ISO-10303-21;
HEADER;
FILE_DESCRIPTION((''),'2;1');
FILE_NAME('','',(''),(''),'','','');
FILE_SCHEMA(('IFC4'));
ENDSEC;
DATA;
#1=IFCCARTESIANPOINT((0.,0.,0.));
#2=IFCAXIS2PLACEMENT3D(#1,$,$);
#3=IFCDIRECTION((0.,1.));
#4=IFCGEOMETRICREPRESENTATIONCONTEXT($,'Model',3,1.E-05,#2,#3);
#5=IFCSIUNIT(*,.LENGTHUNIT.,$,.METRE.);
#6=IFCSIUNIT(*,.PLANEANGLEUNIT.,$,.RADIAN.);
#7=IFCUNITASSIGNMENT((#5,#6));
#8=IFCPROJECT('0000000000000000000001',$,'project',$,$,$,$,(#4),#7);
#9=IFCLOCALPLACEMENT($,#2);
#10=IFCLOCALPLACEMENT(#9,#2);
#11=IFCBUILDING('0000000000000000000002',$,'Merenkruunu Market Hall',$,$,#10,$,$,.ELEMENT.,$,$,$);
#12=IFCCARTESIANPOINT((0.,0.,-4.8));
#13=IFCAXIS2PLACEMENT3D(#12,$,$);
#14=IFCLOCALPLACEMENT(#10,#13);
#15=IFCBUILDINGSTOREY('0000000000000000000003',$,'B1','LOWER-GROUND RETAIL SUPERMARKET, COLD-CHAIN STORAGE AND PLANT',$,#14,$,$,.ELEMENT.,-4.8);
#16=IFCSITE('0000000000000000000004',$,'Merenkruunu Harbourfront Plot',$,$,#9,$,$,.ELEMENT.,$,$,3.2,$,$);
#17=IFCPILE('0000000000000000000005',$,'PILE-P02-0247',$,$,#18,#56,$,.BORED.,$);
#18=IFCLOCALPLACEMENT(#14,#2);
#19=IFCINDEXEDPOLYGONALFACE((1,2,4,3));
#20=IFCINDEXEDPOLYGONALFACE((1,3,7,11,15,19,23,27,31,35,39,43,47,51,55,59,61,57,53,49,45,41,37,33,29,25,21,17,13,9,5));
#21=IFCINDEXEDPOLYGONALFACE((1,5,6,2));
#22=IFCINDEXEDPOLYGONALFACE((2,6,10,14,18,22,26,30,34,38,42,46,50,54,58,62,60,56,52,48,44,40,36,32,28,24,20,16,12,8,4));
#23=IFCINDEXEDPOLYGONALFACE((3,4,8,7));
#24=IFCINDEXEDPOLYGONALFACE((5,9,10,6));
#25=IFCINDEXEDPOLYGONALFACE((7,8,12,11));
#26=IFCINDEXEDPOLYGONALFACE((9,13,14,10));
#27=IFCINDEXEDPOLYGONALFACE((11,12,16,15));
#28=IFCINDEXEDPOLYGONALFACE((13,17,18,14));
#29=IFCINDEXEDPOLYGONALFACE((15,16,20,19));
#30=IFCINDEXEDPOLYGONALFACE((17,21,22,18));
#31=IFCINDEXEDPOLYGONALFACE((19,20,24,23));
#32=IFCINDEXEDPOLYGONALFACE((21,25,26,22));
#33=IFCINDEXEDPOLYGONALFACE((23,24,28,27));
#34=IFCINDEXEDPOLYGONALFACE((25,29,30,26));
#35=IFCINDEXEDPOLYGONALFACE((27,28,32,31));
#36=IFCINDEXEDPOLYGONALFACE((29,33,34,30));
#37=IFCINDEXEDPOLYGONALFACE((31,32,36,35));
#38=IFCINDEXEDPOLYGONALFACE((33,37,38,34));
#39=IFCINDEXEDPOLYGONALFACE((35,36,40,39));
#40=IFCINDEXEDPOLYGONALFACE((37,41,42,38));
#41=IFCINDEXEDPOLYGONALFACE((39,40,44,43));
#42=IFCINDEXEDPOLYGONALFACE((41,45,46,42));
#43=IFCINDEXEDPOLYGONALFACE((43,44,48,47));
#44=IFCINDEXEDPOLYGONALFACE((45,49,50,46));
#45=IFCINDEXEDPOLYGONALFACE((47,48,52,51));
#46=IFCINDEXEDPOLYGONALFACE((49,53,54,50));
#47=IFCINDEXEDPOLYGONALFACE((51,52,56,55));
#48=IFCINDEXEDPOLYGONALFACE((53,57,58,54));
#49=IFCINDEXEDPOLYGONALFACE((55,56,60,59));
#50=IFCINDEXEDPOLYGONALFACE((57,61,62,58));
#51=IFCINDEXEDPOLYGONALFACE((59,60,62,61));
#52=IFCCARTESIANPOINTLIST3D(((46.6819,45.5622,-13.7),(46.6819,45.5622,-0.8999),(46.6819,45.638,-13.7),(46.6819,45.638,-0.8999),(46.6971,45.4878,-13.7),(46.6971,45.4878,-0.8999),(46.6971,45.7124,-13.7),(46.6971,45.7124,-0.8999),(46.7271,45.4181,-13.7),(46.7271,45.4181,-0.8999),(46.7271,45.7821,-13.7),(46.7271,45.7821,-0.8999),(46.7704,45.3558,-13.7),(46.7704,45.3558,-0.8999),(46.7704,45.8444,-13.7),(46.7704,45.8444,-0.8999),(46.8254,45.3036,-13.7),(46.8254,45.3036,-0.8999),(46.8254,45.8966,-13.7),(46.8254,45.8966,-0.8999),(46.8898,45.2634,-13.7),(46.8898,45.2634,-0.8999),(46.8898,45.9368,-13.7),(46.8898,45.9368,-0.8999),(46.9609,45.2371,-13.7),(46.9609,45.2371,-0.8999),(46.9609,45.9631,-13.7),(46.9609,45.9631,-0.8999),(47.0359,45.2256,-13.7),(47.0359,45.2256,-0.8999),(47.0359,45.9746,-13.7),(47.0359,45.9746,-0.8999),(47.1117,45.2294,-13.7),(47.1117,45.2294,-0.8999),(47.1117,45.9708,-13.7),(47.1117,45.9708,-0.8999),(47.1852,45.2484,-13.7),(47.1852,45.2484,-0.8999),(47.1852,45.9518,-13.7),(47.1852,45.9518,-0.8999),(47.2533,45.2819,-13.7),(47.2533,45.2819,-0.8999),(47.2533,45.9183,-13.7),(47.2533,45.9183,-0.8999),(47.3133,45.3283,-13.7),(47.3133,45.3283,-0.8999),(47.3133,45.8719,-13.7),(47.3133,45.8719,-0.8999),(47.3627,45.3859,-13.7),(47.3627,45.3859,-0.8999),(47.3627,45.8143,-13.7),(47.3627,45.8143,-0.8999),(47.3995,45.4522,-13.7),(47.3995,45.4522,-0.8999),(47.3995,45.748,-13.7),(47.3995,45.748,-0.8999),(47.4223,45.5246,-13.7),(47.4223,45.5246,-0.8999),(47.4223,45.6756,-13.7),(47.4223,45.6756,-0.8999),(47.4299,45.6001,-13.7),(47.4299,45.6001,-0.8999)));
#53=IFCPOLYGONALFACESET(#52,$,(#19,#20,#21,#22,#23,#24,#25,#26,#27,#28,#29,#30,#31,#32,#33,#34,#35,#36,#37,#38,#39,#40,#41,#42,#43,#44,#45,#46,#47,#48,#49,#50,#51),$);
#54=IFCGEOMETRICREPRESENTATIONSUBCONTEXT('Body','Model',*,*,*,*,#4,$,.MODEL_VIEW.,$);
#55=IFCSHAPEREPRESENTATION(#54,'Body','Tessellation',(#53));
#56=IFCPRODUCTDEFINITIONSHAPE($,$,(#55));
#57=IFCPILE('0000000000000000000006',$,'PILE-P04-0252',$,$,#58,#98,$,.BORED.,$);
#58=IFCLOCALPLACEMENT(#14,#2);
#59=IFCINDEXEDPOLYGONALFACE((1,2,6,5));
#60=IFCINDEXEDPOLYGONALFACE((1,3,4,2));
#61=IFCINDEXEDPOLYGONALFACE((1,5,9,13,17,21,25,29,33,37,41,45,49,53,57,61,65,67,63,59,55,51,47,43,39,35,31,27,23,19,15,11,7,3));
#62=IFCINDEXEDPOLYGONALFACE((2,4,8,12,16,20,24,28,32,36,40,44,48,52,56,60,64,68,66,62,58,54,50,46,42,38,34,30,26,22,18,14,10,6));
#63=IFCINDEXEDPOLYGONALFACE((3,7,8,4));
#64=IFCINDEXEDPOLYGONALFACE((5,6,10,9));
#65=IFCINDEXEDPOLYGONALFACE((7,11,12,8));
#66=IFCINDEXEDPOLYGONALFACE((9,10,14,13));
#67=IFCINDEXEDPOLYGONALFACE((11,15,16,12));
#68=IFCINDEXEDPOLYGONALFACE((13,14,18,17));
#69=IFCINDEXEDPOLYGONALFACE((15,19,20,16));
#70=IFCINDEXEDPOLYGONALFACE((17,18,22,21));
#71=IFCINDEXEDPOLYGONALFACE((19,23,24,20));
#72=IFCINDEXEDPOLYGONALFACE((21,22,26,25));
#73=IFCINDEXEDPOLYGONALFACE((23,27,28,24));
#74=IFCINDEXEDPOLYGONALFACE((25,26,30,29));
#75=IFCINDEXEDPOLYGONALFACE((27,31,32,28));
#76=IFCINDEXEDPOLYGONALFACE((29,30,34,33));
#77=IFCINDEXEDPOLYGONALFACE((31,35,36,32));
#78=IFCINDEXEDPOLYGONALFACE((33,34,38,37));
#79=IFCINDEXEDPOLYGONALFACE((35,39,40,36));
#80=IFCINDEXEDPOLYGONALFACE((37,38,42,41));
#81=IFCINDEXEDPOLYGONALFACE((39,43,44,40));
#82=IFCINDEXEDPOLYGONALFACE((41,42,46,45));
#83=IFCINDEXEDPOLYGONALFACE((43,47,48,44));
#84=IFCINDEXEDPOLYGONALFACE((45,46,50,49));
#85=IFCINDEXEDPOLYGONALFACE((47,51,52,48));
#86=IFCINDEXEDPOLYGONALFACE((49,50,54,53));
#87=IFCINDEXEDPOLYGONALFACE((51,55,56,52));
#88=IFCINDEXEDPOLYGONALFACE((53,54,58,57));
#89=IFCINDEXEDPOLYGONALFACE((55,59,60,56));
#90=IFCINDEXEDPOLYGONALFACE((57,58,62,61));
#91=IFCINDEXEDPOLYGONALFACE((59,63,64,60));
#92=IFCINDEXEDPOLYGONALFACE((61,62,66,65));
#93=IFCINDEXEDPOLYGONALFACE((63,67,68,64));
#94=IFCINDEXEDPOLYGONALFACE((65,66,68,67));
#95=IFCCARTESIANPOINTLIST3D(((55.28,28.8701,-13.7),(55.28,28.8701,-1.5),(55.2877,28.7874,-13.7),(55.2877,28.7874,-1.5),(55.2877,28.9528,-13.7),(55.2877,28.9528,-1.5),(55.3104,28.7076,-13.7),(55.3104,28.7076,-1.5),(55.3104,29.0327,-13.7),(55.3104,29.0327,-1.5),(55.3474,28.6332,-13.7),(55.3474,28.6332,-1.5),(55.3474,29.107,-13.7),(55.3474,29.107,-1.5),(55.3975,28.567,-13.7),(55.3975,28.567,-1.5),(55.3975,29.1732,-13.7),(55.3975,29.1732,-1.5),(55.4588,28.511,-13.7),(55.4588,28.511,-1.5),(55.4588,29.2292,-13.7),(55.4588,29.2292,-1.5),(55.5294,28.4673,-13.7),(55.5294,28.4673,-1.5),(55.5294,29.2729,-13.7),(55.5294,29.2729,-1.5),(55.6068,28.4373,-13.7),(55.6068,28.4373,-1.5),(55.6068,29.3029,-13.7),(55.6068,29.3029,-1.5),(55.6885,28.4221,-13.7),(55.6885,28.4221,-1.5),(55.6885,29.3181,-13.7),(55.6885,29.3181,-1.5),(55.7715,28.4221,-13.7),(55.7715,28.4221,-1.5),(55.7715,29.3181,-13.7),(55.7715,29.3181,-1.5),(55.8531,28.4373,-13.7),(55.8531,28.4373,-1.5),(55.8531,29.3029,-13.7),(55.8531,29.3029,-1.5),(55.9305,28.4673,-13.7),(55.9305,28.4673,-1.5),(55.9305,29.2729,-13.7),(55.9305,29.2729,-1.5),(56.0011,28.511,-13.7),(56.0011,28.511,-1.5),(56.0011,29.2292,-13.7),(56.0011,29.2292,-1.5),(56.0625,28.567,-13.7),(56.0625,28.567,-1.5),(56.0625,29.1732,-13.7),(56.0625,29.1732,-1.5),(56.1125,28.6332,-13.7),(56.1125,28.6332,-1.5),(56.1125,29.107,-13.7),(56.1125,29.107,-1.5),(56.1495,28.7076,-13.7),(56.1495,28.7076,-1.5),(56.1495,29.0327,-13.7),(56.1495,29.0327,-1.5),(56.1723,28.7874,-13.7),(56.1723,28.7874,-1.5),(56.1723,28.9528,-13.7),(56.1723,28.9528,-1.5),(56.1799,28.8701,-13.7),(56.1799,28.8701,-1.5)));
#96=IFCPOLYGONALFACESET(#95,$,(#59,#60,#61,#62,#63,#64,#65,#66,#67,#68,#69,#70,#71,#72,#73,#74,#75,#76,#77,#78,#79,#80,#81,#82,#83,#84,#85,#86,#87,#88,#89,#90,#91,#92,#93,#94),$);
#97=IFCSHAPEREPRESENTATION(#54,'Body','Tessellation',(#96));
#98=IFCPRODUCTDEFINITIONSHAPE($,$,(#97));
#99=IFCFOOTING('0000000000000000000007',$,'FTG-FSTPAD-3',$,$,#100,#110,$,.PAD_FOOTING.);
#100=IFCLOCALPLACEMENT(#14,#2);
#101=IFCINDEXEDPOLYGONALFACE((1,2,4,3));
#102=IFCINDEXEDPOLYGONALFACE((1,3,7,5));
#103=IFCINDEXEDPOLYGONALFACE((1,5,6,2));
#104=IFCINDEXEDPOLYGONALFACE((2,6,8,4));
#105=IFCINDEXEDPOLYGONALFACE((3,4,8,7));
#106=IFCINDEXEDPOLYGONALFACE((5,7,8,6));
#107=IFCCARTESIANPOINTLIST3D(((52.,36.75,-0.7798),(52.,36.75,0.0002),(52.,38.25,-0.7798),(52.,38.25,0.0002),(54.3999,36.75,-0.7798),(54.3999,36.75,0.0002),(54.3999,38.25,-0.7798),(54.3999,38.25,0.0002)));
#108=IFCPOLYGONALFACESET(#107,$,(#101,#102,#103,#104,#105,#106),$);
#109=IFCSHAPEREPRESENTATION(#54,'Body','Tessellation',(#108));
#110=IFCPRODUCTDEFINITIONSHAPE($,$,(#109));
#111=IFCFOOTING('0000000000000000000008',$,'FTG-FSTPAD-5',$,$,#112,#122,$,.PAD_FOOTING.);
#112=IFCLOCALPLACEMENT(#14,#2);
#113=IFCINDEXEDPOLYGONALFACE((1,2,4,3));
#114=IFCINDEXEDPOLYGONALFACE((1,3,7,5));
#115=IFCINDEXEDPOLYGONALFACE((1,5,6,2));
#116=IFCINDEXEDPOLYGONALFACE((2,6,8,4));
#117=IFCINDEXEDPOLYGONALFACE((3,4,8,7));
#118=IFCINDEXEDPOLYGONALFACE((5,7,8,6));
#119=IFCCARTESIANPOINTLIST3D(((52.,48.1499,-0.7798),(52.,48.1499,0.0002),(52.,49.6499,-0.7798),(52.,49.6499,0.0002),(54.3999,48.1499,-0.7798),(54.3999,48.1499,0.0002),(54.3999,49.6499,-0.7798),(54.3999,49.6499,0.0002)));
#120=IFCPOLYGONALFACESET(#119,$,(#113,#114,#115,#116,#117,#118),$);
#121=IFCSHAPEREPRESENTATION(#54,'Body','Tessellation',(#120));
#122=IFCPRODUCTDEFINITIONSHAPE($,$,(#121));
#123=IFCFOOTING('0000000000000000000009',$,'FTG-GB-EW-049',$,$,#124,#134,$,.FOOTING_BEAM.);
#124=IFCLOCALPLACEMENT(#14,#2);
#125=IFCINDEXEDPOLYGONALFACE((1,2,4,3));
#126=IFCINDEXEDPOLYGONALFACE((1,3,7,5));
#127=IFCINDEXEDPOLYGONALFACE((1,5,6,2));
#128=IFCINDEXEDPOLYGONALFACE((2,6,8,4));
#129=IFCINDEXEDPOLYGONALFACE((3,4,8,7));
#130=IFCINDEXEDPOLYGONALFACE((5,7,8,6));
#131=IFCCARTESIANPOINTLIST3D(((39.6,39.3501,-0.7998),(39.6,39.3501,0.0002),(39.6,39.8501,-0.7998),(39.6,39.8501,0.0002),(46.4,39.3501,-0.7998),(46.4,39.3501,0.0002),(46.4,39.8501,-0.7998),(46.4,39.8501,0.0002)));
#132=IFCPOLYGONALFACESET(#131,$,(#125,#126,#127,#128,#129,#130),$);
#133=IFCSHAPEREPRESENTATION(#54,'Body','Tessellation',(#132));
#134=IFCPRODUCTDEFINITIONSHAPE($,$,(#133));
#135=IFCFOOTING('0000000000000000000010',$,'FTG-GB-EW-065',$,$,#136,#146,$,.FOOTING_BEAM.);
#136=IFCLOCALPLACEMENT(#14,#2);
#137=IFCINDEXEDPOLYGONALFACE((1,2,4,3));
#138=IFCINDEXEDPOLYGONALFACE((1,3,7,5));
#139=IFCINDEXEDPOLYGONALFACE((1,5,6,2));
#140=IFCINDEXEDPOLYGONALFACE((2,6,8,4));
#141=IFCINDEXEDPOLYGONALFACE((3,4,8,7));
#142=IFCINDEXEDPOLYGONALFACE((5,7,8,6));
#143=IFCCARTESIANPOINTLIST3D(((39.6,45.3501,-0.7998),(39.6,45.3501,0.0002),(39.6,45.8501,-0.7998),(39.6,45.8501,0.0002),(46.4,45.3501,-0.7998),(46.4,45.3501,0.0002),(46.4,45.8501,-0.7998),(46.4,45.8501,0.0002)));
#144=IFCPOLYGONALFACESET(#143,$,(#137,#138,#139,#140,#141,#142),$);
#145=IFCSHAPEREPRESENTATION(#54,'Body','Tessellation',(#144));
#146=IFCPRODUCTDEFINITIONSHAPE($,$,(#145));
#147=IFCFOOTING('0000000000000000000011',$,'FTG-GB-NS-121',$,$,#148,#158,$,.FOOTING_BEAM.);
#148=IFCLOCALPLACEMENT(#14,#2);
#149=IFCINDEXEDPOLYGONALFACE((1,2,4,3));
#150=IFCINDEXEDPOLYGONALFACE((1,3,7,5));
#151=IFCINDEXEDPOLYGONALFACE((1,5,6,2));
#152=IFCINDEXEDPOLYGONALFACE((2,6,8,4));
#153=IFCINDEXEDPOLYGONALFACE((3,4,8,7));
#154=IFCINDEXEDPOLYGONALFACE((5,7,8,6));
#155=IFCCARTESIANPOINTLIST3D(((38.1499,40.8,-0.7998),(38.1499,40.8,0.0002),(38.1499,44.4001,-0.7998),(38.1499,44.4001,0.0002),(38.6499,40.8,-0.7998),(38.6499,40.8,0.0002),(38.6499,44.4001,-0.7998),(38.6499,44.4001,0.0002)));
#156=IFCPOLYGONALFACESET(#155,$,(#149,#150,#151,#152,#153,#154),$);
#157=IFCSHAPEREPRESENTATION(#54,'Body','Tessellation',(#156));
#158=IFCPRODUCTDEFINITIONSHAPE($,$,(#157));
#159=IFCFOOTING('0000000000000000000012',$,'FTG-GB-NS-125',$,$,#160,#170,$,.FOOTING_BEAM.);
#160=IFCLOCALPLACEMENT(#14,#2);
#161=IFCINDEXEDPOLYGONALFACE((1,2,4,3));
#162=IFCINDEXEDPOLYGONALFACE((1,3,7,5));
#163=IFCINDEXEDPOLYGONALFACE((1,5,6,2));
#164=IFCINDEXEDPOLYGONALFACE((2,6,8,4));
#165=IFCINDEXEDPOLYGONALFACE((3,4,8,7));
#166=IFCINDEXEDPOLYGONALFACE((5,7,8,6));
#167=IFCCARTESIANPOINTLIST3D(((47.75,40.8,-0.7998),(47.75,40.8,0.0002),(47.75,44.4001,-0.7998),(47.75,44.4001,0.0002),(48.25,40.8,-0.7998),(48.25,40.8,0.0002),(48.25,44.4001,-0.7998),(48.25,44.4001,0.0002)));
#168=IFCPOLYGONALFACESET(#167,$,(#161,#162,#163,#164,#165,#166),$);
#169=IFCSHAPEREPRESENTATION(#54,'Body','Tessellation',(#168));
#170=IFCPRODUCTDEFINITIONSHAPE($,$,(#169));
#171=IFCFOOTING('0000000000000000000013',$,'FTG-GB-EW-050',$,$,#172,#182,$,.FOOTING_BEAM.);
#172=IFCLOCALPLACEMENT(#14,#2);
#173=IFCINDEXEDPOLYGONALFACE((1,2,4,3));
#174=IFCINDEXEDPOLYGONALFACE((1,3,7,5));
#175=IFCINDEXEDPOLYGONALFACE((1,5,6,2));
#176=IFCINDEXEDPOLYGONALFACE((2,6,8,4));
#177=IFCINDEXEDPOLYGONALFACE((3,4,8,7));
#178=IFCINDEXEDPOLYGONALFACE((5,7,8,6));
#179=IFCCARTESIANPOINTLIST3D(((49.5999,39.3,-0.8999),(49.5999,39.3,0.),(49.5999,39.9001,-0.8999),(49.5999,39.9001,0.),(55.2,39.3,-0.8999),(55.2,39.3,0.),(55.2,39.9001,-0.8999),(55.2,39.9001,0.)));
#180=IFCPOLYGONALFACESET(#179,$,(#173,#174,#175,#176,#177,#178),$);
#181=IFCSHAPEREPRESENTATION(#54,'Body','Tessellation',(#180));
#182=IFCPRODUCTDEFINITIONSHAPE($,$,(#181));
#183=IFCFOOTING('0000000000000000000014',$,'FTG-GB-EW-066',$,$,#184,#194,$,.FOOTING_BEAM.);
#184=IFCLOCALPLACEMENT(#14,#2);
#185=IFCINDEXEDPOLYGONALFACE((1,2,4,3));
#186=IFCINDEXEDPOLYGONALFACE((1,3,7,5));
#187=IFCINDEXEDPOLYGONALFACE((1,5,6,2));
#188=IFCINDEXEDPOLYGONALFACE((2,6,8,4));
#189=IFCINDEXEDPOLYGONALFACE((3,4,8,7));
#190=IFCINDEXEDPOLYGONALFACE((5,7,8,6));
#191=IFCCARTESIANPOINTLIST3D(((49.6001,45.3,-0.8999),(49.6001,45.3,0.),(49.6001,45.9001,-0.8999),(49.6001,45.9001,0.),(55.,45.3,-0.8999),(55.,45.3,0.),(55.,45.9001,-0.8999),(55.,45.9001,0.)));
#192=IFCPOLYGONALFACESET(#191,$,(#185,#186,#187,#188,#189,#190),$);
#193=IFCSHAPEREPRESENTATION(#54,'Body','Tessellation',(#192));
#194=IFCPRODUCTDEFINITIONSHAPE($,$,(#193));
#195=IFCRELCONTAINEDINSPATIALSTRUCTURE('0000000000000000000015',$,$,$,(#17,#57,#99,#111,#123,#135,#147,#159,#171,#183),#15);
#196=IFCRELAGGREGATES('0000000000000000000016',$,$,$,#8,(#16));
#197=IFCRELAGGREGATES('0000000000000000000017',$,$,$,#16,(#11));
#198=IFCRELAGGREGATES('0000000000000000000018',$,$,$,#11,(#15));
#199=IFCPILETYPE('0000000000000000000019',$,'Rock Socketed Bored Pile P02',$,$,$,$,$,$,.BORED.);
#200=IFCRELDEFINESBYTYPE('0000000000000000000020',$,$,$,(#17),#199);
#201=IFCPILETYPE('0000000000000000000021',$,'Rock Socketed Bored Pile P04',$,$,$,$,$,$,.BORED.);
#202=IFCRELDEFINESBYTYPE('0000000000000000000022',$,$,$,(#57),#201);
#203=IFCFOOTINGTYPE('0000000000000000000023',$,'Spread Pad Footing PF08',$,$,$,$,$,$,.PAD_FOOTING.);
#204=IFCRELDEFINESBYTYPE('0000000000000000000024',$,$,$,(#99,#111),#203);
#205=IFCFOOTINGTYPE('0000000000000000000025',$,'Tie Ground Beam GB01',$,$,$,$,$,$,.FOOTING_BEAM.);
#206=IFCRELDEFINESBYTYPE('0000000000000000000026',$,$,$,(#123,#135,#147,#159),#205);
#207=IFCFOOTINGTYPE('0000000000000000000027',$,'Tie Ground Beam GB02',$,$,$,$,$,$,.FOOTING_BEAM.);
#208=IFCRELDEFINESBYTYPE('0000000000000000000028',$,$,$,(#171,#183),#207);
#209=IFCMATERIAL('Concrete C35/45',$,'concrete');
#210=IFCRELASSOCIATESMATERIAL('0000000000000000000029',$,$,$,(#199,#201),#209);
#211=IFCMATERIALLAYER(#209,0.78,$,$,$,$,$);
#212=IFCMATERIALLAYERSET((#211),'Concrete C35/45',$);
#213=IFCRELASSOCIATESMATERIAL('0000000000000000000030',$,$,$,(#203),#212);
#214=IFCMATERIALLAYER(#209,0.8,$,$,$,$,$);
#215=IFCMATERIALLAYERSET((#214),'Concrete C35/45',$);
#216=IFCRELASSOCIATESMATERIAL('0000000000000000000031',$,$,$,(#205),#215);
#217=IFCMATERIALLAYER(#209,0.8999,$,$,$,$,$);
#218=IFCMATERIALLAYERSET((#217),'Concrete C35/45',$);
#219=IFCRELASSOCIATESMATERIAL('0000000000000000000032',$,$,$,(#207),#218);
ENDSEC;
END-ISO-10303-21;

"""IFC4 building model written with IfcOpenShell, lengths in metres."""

from ifc_helpers import new_model, si_unit, direction, frame, origin, origin_2d, place, context, subcontext, project, spatial, rectangle, circle, extrude, material, layer, layer_set, material_profile, profile_set, type_object, element, save


model = new_model("IFC4")

# Units and contexts
model_context = context("Model", 3, precision=1e-05, world=origin(), true_north=direction((0.0, 1.0)))
body_context = subcontext(model_context, "Body", "Model", "MODEL_VIEW")
ifc_project = project(units=[si_unit("LENGTHUNIT", "METRE"), si_unit("PLANEANGLEUNIT", "RADIAN")], contexts=[model_context])

# Site, building, storey
site_placement = place(None, origin())
site = spatial("IfcSite", under=ifc_project, at=site_placement, Name="Merenkruunu Harbourfront Plot", CompositionType="ELEMENT", RefElevation=3.2)
building_placement = place(site_placement, origin())
building = spatial("IfcBuilding", under=site, at=building_placement, Name="Merenkruunu Market Hall", CompositionType="ELEMENT")
storey_placement = place(building_placement, frame((0.0, 0.0, -4.8)))
storey = spatial("IfcBuildingStorey", under=building, at=storey_placement, Name="B1", Description="LOWER-GROUND RETAIL SUPERMARKET, COLD-CHAIN STORAGE AND PLANT", CompositionType="ELEMENT", Elevation=-4.8)

# Shared definitions
ifc_material_1 = material(Name="Concrete C35/45", Category="concrete")

# Piles
ifc_material_profile_1 = material_profile(ifc_material_1, circle(Radius=0.375, at=origin_2d()), Name="BORED PILE 750")
ifc_profile_set_1 = profile_set([ifc_material_profile_1], Name="Concrete C35/45")
pile_type_1 = type_object("IfcPileType", Name="Rock Socketed Bored Pile P02", PredefinedType="BORED", material=ifc_profile_set_1)
for number, where, z_axis, x_axis, name in (
    (1, (47.0549, 45.6001, -0.8999), (0.0, 0.0, -1.0), (1.0, 0.0, 0.0), "PILE-P02-0247"),
):
    element("IfcPile", number, at=place(storey_placement, frame(where, z_axis=z_axis, x_axis=x_axis)), inside=storey, type_object=pile_type_1, Name=name, PredefinedType="BORED", context=body_context, shape_type="SweptSolid", body=[
        extrude(circle(Radius=0.375, at=origin_2d()), origin(), (0.0, 0.0, 1.0), 12.8),
    ])
ifc_material_profile_2 = material_profile(ifc_material_1, circle(Radius=0.45, at=origin_2d()), Name="BORED PILE 900")
ifc_profile_set_2 = profile_set([ifc_material_profile_2], Name="Concrete C35/45")
pile_type_2 = type_object("IfcPileType", Name="Rock Socketed Bored Pile P04", PredefinedType="BORED", material=ifc_profile_set_2)
pile_placement = place(storey_placement, frame((55.73, 28.8701, -1.5), z_axis=(0.0, 0.0, -1.0), x_axis=(1.0, 0.0, 0.0)))
element("IfcPile", 2, at=pile_placement, inside=storey, type_object=pile_type_2, Name="PILE-P04-0252", PredefinedType="BORED", context=body_context, shape_type="SweptSolid", body=[
    extrude(circle(Radius=0.45, at=origin_2d()), origin(), (0.0, 0.0, 1.0), 12.2),
])

# Footings
ifc_layer_1 = layer(ifc_material_1, 0.78)
ifc_layer_set_1 = layer_set([ifc_layer_1], Name="Concrete C35/45")
footing_type_1 = type_object("IfcFootingType", Name="Spread Pad Footing PF08", PredefinedType="PAD_FOOTING", material=ifc_layer_set_1)
for number, where, z_axis, x_axis, name in (
    (3, (53.2, 37.5, -0.7798), (0.0, 0.0, 1.0), (1.0, 0.0, 0.0), "FTG-FSTPAD-3"),
    (4, (53.2, 48.8999, -0.7798), (0.0, 0.0, 1.0), (1.0, 0.0, 0.0), "FTG-FSTPAD-5"),
):
    element("IfcFooting", number, at=place(storey_placement, frame(where, z_axis=z_axis, x_axis=x_axis)), inside=storey, type_object=footing_type_1, Name=name, PredefinedType="PAD_FOOTING", context=body_context, shape_type="SweptSolid", body=[
        extrude(rectangle(XDim=2.3999, YDim=1.5, at=origin_2d()), origin(), (0.0, 0.0, 1.0), 0.78),
    ])
ifc_layer_2 = layer(ifc_material_1, 0.8)
ifc_layer_set_2 = layer_set([ifc_layer_2], Name="Concrete C35/45")
footing_type_2 = type_object("IfcFootingType", Name="Tie Ground Beam GB01", PredefinedType="FOOTING_BEAM", material=ifc_layer_set_2)
for number, where, z_axis, x_axis, name in (
    (5, (43.0, 39.6001, -0.7998), (0.0, 0.0, 1.0), (1.0, 0.0, 0.0), "FTG-GB-EW-049"),
    (6, (43.0, 45.6001, -0.7998), (0.0, 0.0, 1.0), (1.0, 0.0, 0.0), "FTG-GB-EW-065"),
):
    element("IfcFooting", number, at=place(storey_placement, frame(where, z_axis=z_axis, x_axis=x_axis)), inside=storey, type_object=footing_type_2, Name=name, PredefinedType="FOOTING_BEAM", context=body_context, shape_type="SweptSolid", body=[
        extrude(rectangle(XDim=6.8, YDim=0.5, at=origin_2d()), origin(), (0.0, 0.0, 1.0), 0.8),
    ])
for number, where, z_axis, x_axis, name in (
    (7, (38.3999, 42.6001, -0.7998), (0.0, 0.0, 1.0), (0.0, 1.0, 0.0), "FTG-GB-NS-121"),
    (8, (48.0, 42.6001, -0.7998), (0.0, 0.0, 1.0), (0.0, 1.0, 0.0), "FTG-GB-NS-125"),
):
    element("IfcFooting", number, at=place(storey_placement, frame(where, z_axis=z_axis, x_axis=x_axis)), inside=storey, type_object=footing_type_2, Name=name, PredefinedType="FOOTING_BEAM", context=body_context, shape_type="SweptSolid", body=[
        extrude(rectangle(XDim=3.6001, YDim=0.5, at=origin_2d()), origin(), (0.0, 0.0, 1.0), 0.8),
    ])
ifc_layer_3 = layer(ifc_material_1, 0.8999)
ifc_layer_set_3 = layer_set([ifc_layer_3], Name="Concrete C35/45")
footing_type_3 = type_object("IfcFootingType", Name="Tie Ground Beam GB02", PredefinedType="FOOTING_BEAM", material=ifc_layer_set_3)
footing_1_placement = place(storey_placement, frame((52.3999, 39.6001, -0.8999), z_axis=(0.0, 0.0, 1.0), x_axis=(1.0, 0.0, 0.0)))
element("IfcFooting", 9, at=footing_1_placement, inside=storey, type_object=footing_type_3, Name="FTG-GB-EW-050", PredefinedType="FOOTING_BEAM", context=body_context, shape_type="SweptSolid", body=[
    extrude(rectangle(XDim=5.6001, YDim=0.6001, at=origin_2d()), origin(), (0.0, 0.0, 1.0), 0.8999),
])
footing_2_placement = place(storey_placement, frame((52.3, 45.6001, -0.8999), z_axis=(0.0, 0.0, 1.0), x_axis=(1.0, 0.0, 0.0)))
element("IfcFooting", 10, at=footing_2_placement, inside=storey, type_object=footing_type_3, Name="FTG-GB-EW-066", PredefinedType="FOOTING_BEAM", context=body_context, shape_type="SweptSolid", body=[
    extrude(rectangle(XDim=5.3999, YDim=0.6001, at=origin_2d()), origin(), (0.0, 0.0, 1.0), 0.8999),
])

save(model, "model.ifc")
